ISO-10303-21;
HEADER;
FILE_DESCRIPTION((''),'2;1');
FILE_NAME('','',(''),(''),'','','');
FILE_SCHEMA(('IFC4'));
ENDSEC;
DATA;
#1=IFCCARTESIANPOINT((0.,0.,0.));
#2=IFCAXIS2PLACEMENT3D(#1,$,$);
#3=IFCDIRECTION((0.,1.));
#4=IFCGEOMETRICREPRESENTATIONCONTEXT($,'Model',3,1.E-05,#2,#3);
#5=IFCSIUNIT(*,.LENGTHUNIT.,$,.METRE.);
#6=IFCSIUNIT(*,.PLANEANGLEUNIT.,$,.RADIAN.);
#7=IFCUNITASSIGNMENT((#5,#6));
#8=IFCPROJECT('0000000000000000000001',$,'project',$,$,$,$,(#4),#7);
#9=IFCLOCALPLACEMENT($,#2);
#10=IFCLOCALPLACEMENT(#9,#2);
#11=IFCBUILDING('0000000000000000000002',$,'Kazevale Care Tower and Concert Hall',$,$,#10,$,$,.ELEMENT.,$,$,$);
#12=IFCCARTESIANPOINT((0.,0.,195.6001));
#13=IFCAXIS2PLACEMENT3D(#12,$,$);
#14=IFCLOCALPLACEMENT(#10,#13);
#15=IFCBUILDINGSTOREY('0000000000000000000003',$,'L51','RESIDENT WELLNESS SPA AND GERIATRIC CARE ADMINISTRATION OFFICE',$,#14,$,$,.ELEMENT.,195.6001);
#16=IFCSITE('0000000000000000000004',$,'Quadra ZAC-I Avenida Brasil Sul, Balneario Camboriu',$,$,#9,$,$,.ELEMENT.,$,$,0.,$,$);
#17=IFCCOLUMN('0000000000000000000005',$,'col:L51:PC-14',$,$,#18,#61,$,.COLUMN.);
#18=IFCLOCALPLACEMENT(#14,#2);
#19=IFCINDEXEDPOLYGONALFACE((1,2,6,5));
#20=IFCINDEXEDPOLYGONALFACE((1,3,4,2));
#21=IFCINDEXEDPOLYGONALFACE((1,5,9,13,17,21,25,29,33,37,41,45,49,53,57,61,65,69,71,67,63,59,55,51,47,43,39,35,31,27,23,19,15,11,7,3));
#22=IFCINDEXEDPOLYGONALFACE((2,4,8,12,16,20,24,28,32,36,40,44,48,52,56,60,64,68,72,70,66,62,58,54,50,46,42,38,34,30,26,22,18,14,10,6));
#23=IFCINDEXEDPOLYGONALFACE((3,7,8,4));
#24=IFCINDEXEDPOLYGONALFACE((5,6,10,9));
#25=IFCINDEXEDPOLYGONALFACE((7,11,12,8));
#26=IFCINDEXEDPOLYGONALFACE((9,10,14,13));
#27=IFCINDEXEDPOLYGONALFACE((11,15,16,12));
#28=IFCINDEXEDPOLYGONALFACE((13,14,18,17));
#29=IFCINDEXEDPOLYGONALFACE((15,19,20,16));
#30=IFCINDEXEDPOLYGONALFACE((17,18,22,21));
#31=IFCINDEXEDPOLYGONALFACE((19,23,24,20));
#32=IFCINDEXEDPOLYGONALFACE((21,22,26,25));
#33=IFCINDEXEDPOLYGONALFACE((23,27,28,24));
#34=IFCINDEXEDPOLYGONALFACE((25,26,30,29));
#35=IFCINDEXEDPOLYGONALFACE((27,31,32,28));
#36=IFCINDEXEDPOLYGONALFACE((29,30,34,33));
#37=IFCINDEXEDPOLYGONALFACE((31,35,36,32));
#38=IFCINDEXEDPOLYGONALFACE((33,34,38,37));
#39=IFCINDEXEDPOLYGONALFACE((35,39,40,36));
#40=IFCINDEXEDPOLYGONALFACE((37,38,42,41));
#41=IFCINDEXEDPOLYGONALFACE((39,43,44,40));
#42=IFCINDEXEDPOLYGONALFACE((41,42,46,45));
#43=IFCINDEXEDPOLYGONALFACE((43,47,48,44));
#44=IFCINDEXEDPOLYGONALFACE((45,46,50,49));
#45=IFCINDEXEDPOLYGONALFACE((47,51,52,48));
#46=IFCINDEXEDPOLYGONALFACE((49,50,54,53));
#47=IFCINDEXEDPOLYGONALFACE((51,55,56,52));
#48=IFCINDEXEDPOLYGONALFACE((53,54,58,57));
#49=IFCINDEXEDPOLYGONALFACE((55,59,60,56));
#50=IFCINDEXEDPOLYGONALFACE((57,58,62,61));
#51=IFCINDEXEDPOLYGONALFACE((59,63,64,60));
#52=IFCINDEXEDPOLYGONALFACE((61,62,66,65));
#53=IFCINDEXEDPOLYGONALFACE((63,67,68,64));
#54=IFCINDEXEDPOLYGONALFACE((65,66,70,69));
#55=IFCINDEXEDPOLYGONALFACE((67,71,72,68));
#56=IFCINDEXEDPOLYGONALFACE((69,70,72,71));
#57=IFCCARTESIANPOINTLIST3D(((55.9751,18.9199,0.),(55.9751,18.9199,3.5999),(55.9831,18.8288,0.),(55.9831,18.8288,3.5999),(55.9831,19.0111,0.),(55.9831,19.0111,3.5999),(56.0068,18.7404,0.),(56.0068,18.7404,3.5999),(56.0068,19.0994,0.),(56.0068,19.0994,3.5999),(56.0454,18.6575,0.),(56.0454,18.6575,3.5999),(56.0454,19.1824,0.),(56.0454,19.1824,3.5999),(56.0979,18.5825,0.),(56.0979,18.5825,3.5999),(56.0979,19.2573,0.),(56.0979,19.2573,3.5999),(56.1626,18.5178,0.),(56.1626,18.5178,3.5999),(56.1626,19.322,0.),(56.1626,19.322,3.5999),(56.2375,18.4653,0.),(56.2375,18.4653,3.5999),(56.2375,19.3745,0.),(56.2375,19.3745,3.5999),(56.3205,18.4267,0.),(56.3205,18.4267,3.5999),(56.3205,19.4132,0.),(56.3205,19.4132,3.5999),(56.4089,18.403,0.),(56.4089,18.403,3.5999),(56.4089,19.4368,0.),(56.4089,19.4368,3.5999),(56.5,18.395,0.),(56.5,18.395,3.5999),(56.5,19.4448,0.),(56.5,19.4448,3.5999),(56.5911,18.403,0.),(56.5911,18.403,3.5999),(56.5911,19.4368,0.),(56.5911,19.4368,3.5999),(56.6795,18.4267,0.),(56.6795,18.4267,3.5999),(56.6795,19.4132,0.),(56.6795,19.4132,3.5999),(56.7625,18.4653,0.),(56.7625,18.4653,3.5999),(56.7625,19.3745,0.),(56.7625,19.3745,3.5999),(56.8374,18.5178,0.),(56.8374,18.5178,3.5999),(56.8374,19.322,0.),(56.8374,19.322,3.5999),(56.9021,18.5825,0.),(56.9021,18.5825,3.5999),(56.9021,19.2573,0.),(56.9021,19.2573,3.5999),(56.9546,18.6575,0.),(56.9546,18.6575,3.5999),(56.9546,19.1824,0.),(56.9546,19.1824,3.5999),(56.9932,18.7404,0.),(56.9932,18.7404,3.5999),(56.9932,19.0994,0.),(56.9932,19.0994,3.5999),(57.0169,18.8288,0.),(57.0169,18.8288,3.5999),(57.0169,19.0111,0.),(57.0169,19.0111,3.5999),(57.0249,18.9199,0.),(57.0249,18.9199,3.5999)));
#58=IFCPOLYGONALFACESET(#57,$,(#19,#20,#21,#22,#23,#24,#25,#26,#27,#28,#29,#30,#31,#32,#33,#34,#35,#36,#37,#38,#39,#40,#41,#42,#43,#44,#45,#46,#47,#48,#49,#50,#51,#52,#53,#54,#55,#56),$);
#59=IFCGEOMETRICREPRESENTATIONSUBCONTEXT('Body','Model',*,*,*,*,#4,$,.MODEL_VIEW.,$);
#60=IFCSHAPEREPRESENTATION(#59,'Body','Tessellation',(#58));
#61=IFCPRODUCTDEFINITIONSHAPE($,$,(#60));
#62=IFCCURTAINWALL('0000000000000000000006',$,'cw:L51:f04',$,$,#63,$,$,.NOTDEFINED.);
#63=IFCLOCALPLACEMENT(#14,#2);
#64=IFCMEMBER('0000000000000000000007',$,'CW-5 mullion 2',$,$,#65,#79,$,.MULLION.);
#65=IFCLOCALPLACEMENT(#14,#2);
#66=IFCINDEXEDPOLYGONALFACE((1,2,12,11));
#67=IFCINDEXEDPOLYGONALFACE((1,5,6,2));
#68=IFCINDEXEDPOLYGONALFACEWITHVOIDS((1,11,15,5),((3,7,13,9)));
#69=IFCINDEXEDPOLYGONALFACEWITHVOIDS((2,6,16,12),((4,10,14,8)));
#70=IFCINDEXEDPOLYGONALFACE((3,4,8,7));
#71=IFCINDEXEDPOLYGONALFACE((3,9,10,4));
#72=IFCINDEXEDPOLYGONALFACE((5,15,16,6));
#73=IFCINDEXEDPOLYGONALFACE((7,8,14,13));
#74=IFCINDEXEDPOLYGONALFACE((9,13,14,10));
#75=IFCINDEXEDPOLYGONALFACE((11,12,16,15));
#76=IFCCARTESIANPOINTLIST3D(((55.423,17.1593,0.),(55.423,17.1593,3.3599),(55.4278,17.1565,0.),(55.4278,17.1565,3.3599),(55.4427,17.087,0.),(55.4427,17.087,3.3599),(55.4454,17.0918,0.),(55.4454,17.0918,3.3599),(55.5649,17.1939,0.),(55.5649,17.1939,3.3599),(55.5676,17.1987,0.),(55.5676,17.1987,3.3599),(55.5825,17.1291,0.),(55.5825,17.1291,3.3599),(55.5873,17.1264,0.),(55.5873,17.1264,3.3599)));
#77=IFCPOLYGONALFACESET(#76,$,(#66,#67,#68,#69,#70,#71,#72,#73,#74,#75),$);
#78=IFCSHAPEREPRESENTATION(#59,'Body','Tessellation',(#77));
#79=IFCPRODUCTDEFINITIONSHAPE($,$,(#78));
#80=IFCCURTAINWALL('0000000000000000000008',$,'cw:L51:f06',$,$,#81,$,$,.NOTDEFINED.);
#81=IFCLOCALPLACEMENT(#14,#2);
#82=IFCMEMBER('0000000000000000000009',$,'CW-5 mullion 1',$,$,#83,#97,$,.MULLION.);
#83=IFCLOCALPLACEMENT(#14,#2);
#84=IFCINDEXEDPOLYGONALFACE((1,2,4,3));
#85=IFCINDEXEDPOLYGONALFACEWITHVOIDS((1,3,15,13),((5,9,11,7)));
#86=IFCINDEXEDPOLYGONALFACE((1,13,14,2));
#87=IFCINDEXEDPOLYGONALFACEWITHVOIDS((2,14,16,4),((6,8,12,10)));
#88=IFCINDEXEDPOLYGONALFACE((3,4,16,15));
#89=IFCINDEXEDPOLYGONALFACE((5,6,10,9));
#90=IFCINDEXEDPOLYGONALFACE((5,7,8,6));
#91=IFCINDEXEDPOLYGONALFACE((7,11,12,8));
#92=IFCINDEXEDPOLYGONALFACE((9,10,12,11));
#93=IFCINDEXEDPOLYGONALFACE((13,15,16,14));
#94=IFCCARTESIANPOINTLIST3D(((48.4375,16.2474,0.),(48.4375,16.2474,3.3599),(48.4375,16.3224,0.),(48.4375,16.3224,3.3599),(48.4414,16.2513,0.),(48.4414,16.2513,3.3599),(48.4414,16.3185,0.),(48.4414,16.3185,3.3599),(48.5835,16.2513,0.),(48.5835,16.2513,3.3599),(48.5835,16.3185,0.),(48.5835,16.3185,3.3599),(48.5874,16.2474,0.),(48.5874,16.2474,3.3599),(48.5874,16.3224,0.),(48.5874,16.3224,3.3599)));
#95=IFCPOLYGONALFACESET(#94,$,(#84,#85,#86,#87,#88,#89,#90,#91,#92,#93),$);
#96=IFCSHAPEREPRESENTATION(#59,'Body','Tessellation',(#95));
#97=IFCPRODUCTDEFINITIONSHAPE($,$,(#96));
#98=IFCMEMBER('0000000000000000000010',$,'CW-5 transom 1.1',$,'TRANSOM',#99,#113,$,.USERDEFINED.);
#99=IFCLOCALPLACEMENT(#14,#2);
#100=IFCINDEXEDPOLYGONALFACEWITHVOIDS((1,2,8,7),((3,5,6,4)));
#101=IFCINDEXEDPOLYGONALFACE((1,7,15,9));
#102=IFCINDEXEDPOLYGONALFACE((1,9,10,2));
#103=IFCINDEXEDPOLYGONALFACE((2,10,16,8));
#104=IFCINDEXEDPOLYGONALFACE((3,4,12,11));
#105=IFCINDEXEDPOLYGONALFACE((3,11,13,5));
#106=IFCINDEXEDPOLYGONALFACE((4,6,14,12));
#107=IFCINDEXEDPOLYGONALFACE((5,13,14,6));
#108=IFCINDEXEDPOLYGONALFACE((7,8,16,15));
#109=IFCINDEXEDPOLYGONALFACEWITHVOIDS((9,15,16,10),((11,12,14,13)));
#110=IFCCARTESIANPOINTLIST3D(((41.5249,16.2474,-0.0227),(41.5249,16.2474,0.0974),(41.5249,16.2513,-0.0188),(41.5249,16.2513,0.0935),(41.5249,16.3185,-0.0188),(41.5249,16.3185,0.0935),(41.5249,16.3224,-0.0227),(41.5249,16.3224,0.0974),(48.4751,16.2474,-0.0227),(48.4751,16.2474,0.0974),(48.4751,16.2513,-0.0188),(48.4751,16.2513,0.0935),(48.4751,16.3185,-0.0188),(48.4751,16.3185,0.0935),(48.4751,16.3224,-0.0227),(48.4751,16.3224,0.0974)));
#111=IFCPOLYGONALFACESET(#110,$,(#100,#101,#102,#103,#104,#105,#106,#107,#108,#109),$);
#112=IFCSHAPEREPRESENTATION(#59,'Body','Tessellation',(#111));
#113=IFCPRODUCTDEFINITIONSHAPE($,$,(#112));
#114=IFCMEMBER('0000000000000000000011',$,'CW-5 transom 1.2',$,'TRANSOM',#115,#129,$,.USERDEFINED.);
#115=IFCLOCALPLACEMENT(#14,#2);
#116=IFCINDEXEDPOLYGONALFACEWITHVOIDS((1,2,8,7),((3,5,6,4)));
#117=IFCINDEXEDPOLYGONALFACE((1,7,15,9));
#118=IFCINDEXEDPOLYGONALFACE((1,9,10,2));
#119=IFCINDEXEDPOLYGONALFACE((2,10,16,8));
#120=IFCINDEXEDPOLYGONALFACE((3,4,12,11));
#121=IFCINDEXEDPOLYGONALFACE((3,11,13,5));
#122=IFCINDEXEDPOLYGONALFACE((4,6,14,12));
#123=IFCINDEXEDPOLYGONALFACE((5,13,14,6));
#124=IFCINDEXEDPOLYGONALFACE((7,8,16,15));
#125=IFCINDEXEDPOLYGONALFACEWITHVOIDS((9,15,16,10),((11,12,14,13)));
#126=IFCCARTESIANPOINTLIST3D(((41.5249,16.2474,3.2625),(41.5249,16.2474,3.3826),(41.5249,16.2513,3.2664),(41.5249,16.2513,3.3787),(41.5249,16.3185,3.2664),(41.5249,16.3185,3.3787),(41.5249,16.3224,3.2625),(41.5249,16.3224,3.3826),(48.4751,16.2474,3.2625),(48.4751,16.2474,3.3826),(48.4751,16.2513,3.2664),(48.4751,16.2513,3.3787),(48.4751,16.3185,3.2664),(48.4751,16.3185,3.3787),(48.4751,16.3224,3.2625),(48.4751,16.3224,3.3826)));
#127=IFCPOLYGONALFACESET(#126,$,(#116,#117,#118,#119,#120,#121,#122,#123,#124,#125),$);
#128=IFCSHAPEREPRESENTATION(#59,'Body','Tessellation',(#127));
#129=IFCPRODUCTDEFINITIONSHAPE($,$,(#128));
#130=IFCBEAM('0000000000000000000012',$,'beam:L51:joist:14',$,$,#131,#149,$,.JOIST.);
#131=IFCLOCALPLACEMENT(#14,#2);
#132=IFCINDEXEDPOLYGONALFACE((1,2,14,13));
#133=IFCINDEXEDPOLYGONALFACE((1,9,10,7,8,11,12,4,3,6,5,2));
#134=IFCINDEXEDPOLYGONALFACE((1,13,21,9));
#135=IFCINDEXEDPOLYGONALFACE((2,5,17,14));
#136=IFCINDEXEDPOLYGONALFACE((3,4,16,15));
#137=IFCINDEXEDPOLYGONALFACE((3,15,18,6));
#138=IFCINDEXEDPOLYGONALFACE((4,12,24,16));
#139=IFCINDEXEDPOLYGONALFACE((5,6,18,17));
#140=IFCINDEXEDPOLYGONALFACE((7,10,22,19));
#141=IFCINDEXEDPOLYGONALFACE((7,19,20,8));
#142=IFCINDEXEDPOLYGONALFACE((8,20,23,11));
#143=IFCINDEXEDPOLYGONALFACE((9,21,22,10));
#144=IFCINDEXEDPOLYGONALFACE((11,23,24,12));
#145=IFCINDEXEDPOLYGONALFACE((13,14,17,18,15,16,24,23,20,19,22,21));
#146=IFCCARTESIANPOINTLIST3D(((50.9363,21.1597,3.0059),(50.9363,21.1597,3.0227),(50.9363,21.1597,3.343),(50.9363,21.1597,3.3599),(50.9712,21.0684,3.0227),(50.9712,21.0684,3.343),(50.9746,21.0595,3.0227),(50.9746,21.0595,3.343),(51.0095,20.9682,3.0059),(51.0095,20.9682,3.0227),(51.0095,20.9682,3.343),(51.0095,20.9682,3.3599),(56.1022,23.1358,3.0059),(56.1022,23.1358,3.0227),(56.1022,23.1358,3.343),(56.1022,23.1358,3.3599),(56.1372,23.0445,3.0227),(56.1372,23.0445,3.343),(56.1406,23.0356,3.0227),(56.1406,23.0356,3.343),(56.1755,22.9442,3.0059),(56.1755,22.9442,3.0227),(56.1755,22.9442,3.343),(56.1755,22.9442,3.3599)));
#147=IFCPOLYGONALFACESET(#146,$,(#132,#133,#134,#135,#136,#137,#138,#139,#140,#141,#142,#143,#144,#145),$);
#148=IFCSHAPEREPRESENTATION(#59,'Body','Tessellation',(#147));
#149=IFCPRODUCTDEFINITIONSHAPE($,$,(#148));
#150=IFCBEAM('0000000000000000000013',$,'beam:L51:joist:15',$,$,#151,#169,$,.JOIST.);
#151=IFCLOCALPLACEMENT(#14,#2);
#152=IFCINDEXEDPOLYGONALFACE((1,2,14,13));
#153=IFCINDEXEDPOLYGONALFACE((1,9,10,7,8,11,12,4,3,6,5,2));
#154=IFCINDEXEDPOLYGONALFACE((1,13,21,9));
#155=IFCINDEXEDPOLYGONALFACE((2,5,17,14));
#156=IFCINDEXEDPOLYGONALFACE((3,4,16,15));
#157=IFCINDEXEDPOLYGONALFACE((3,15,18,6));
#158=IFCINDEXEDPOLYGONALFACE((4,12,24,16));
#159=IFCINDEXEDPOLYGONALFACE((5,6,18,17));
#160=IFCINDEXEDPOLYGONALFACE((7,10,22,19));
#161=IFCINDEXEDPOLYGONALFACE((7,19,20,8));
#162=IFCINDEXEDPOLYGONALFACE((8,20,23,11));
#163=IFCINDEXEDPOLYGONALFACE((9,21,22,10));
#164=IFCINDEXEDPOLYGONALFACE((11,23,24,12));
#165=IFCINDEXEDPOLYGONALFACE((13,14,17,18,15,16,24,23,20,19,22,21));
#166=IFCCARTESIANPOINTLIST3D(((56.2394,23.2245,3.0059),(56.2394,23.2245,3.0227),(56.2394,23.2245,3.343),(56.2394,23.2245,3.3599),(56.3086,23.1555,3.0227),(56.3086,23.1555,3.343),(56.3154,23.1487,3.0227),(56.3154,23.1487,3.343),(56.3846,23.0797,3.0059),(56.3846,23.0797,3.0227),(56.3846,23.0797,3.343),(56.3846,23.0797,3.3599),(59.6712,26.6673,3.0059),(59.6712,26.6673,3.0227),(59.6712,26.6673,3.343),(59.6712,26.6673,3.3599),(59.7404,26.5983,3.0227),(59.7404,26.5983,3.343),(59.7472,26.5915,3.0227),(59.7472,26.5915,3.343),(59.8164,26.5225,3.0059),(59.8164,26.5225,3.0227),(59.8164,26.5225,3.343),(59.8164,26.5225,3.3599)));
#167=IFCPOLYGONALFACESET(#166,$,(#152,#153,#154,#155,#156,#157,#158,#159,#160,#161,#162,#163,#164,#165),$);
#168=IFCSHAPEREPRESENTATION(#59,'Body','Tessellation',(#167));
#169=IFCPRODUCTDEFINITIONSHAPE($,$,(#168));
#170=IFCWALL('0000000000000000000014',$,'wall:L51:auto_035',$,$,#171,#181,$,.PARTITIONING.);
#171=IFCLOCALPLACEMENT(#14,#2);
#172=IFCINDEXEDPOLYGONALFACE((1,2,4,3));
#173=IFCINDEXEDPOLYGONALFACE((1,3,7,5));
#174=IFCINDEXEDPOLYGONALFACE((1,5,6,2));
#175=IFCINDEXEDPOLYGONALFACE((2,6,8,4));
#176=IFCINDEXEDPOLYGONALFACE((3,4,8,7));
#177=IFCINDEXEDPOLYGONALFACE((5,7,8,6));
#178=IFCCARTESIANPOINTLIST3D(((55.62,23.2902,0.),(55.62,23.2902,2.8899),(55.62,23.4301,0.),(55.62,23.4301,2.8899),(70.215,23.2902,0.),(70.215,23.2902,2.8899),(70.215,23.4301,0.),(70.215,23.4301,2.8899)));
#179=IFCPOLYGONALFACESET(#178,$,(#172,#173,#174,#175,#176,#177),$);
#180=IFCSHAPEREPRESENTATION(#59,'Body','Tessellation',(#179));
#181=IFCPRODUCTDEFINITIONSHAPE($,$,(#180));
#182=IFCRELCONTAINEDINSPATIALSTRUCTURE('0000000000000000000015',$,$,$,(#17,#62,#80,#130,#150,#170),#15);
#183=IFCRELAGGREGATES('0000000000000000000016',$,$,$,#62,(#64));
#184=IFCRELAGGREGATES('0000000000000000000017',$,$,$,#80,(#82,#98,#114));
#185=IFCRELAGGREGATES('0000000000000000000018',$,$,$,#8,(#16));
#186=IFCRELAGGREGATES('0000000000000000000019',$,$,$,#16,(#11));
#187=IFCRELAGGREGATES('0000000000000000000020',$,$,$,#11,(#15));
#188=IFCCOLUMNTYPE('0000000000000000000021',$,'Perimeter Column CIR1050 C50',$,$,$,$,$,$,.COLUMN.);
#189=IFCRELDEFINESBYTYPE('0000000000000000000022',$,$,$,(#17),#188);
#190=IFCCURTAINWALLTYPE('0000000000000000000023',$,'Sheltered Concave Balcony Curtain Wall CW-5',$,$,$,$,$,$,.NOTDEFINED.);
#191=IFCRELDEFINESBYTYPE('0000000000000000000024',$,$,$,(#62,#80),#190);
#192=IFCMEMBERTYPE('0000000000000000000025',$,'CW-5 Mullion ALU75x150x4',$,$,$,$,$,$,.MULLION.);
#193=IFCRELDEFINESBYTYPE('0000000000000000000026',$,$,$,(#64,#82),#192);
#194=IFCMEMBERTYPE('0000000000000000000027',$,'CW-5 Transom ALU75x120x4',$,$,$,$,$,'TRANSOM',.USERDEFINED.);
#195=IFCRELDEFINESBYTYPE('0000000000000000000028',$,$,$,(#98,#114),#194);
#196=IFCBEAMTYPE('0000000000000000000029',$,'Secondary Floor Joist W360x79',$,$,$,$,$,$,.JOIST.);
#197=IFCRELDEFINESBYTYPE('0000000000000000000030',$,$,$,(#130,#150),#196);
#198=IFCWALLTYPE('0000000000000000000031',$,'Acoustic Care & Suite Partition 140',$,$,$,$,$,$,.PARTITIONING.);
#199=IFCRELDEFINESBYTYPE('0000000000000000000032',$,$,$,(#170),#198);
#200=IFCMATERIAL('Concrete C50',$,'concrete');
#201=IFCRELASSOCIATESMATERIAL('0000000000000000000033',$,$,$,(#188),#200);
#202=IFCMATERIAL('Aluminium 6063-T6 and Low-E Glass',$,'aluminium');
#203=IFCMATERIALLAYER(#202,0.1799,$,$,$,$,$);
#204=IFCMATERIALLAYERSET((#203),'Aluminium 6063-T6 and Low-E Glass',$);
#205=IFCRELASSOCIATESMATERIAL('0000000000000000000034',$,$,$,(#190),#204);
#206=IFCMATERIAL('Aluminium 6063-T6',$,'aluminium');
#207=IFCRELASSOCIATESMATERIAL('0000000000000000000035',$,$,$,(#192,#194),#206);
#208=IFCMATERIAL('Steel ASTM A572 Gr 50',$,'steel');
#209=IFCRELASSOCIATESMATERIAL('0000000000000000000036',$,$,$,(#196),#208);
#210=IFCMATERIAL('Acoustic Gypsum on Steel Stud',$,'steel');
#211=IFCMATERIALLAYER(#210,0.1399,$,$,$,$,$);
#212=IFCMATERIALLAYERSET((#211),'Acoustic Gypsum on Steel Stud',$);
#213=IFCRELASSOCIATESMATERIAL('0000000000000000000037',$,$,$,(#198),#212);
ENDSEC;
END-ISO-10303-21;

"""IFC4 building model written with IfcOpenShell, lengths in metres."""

from ifc_helpers import new_model, si_unit, direction, frame, frame_2d, origin, origin_2d, place, context, subcontext, project, spatial, rectangle, hollow_rectangle, circle, i_section, extrude, material, layer, layer_set, material_profile, profile_set, type_object, element, aggregate, save


model = new_model("IFC4")

# Units and contexts
model_context = context("Model", 3, precision=1e-05, world=origin(), true_north=direction((0.0, 1.0)))
body_context = subcontext(model_context, "Body", "Model", "MODEL_VIEW")
ifc_project = project(units=[si_unit("LENGTHUNIT", "METRE"), si_unit("PLANEANGLEUNIT", "RADIAN")], contexts=[model_context])

# Site, building, storey
site_placement = place(None, origin())
site = spatial("IfcSite", under=ifc_project, at=site_placement, Name="Quadra ZAC-I Avenida Brasil Sul, Balneario Camboriu", CompositionType="ELEMENT", RefElevation=0.0)
building_placement = place(site_placement, origin())
building = spatial("IfcBuilding", under=site, at=building_placement, Name="Kazevale Care Tower and Concert Hall", CompositionType="ELEMENT")
storey_placement = place(building_placement, frame((0.0, 0.0, 195.6001)))
storey = spatial("IfcBuildingStorey", under=building, at=storey_placement, Name="L51", Description="RESIDENT WELLNESS SPA AND GERIATRIC CARE ADMINISTRATION OFFICE", CompositionType="ELEMENT", Elevation=195.6001)

# Column
ifc_material_1 = material(Name="Concrete C50", Category="concrete")
ifc_material_profile_1 = material_profile(ifc_material_1, circle(Radius=0.5249, at=origin_2d()), Name="RC-CIR1050")
ifc_profile_set_1 = profile_set([ifc_material_profile_1], Name="Concrete C50")
column_type = type_object("IfcColumnType", Name="Perimeter Column CIR1050 C50", PredefinedType="COLUMN", material=ifc_profile_set_1)
column_placement = place(storey_placement, frame((56.5, 18.9199, 0.0), z_axis=(0.0, 0.0, 1.0), x_axis=(1.0, 0.0, 0.0)))
element("IfcColumn", 1, at=column_placement, inside=storey, type_object=column_type, Name="col:L51:PC-14", PredefinedType="COLUMN", context=body_context, shape_type="SweptSolid", body=[
    extrude(circle(Radius=0.5249, at=origin_2d()), origin(), (0.0, 0.0, 1.0), 3.5999),
])

# Curtain wall, member
ifc_material_2 = material(Name="Aluminium 6063-T6 and Low-E Glass", Category="aluminium")
ifc_layer_1 = layer(ifc_material_2, 0.1799)
ifc_layer_set_1 = layer_set([ifc_layer_1], Name="Aluminium 6063-T6 and Low-E Glass")
curtain_wall_type = type_object("IfcCurtainWallType", Name="Sheltered Concave Balcony Curtain Wall CW-5", PredefinedType="NOTDEFINED", material=ifc_layer_set_1)
curtain_wall_1_placement = place(storey_placement, origin())
curtain_wall_1 = element("IfcCurtainWall", 2, at=curtain_wall_1_placement, inside=storey, type_object=curtain_wall_type, Name="cw:L51:f04", PredefinedType="NOTDEFINED")
ifc_material_3 = material(Name="Aluminium 6063-T6", Category="aluminium")
ifc_material_profile_2 = material_profile(ifc_material_3, hollow_rectangle(XDim=0.075, YDim=0.1499, WallThickness=0.0039, at=origin_2d()), Name="ALU75x150x4")
ifc_profile_set_2 = profile_set([ifc_material_profile_2], Name="Aluminium 6063-T6")
member_type_1 = type_object("IfcMemberType", Name="CW-5 Mullion ALU75x150x4", PredefinedType="MULLION", material=ifc_profile_set_2)
member_1_placement = place(storey_placement, frame((55.5051, 17.1428, 0.0), z_axis=(0.0, 0.0, 1.0), x_axis=(0.262849, -0.964837, 0.0)))
member_1 = element("IfcMember", 3, at=member_1_placement, type_object=member_type_1, Name="CW-5 mullion 2", PredefinedType="MULLION", context=body_context, shape_type="SweptSolid", body=[
    extrude(hollow_rectangle(XDim=0.075, YDim=0.1499, WallThickness=0.0039, at=origin_2d()), origin(), (0.0, 0.0, 1.0), 3.3599),
])
aggregate(curtain_wall_1, [member_1])

# Curtain wall, members
curtain_wall_2_placement = place(storey_placement, origin())
curtain_wall_2 = element("IfcCurtainWall", 4, at=curtain_wall_2_placement, inside=storey, type_object=curtain_wall_type, Name="cw:L51:f06", PredefinedType="NOTDEFINED")
member_2_placement = place(storey_placement, frame((48.5125, 16.2849, 0.0), z_axis=(0.0, 0.0, 1.0), x_axis=(0.0, -1.0, 0.0)))
member_2 = element("IfcMember", 5, at=member_2_placement, type_object=member_type_1, Name="CW-5 mullion 1", PredefinedType="MULLION", context=body_context, shape_type="SweptSolid", body=[
    extrude(hollow_rectangle(XDim=0.075, YDim=0.1499, WallThickness=0.0039, at=origin_2d()), origin(), (0.0, 0.0, 1.0), 3.3599),
])
ifc_material_profile_3 = material_profile(ifc_material_3, hollow_rectangle(XDim=0.075, YDim=0.1201, WallThickness=0.0039, at=origin_2d()), Name="ALU75x120x4")
ifc_profile_set_3 = profile_set([ifc_material_profile_3], Name="Aluminium 6063-T6")
member_type_2 = type_object("IfcMemberType", Name="CW-5 Transom ALU75x120x4", ElementType="TRANSOM", PredefinedType="USERDEFINED", material=ifc_profile_set_3)
member_3_placement = place(storey_placement, frame((48.4751, 16.2849, 0.0374), z_axis=(-1.0, 0.0, 0.0), x_axis=(0.0, -1.0, 0.0)))
member_3 = element("IfcMember", 6, at=member_3_placement, type_object=member_type_2, Name="CW-5 transom 1.1", ObjectType="TRANSOM", PredefinedType="USERDEFINED", context=body_context, shape_type="SweptSolid", body=[
    extrude(hollow_rectangle(XDim=0.075, YDim=0.1201, WallThickness=0.0039, at=origin_2d()), origin(), (0.0, 0.0, 1.0), 6.9502),
])
member_4_placement = place(storey_placement, frame((48.4751, 16.2849, 3.3225), z_axis=(-1.0, 0.0, 0.0), x_axis=(0.0, -1.0, 0.0)))
member_4 = element("IfcMember", 7, at=member_4_placement, type_object=member_type_2, Name="CW-5 transom 1.2", ObjectType="TRANSOM", PredefinedType="USERDEFINED", context=body_context, shape_type="SweptSolid", body=[
    extrude(hollow_rectangle(XDim=0.075, YDim=0.1201, WallThickness=0.0039, at=origin_2d()), origin(), (0.0, 0.0, 1.0), 6.9502),
])
aggregate(curtain_wall_2, [member_2, member_3, member_4])

# Beams
ifc_material_4 = material(Name="Steel ASTM A572 Gr 50", Category="steel")
ifc_material_profile_4 = material_profile(ifc_material_4, i_section(OverallWidth=0.2051, OverallDepth=0.354, WebThickness=0.0095, FlangeThickness=0.0168, at=origin_2d()), Name="W360x79")
ifc_profile_set_4 = profile_set([ifc_material_profile_4], Name="Steel ASTM A572 Gr 50")
beam_type = type_object("IfcBeamType", Name="Secondary Floor Joist W360x79", PredefinedType="JOIST", material=ifc_profile_set_4)
beam_1_placement = place(storey_placement, frame((50.9729, 21.064, 3.1829), z_axis=(0.934002, 0.357269, 0.0), x_axis=(-0.357269, 0.934002, 0.0)))
element("IfcBeam", 8, at=beam_1_placement, inside=storey, type_object=beam_type, Name="beam:L51:joist:14", PredefinedType="JOIST", context=body_context, shape_type="SweptSolid", body=[
    extrude(i_section(OverallWidth=0.2051, OverallDepth=0.354, WebThickness=0.0095, FlangeThickness=0.0168, at=origin_2d()), origin(), (0.0, 0.0, 1.0), 5.531),
])
beam_2_placement = place(storey_placement, frame((56.312, 23.1521, 3.1829), z_axis=(0.705976, 0.708236, 0.0), x_axis=(-0.708236, 0.705976, 0.0)))
element("IfcBeam", 9, at=beam_2_placement, inside=storey, type_object=beam_type, Name="beam:L51:joist:15", PredefinedType="JOIST", context=body_context, shape_type="SweptSolid", body=[
    extrude(i_section(OverallWidth=0.2051, OverallDepth=0.354, WebThickness=0.0095, FlangeThickness=0.0168, at=origin_2d()), origin(), (0.0, 0.0, 1.0), 4.8611),
])

# Wall
ifc_material_5 = material(Name="Acoustic Gypsum on Steel Stud", Category="steel")
ifc_layer_2 = layer(ifc_material_5, 0.1399)
ifc_layer_set_2 = layer_set([ifc_layer_2], Name="Acoustic Gypsum on Steel Stud")
wall_type_1 = type_object("IfcWallType", Name="Acoustic Care & Suite Partition 140", PredefinedType="PARTITIONING", material=ifc_layer_set_2)
wall_1_placement = place(storey_placement, frame((55.6201, 23.3601, 0.0), z_axis=(0.0, 0.0, 1.0), x_axis=(1.0, 0.0, 0.0)))
element("IfcWall", 10, at=wall_1_placement, inside=storey, type_object=wall_type_1, Name="wall:L51:auto_035", PredefinedType="PARTITIONING", context=body_context, shape_type="SweptSolid", body=[
    extrude(rectangle(XDim=14.595, YDim=0.1399, at=frame_2d((7.2974, 0.0))), origin(), (0.0, 0.0, 1.0), 2.8899),
])

save(model, "model.ifc")
